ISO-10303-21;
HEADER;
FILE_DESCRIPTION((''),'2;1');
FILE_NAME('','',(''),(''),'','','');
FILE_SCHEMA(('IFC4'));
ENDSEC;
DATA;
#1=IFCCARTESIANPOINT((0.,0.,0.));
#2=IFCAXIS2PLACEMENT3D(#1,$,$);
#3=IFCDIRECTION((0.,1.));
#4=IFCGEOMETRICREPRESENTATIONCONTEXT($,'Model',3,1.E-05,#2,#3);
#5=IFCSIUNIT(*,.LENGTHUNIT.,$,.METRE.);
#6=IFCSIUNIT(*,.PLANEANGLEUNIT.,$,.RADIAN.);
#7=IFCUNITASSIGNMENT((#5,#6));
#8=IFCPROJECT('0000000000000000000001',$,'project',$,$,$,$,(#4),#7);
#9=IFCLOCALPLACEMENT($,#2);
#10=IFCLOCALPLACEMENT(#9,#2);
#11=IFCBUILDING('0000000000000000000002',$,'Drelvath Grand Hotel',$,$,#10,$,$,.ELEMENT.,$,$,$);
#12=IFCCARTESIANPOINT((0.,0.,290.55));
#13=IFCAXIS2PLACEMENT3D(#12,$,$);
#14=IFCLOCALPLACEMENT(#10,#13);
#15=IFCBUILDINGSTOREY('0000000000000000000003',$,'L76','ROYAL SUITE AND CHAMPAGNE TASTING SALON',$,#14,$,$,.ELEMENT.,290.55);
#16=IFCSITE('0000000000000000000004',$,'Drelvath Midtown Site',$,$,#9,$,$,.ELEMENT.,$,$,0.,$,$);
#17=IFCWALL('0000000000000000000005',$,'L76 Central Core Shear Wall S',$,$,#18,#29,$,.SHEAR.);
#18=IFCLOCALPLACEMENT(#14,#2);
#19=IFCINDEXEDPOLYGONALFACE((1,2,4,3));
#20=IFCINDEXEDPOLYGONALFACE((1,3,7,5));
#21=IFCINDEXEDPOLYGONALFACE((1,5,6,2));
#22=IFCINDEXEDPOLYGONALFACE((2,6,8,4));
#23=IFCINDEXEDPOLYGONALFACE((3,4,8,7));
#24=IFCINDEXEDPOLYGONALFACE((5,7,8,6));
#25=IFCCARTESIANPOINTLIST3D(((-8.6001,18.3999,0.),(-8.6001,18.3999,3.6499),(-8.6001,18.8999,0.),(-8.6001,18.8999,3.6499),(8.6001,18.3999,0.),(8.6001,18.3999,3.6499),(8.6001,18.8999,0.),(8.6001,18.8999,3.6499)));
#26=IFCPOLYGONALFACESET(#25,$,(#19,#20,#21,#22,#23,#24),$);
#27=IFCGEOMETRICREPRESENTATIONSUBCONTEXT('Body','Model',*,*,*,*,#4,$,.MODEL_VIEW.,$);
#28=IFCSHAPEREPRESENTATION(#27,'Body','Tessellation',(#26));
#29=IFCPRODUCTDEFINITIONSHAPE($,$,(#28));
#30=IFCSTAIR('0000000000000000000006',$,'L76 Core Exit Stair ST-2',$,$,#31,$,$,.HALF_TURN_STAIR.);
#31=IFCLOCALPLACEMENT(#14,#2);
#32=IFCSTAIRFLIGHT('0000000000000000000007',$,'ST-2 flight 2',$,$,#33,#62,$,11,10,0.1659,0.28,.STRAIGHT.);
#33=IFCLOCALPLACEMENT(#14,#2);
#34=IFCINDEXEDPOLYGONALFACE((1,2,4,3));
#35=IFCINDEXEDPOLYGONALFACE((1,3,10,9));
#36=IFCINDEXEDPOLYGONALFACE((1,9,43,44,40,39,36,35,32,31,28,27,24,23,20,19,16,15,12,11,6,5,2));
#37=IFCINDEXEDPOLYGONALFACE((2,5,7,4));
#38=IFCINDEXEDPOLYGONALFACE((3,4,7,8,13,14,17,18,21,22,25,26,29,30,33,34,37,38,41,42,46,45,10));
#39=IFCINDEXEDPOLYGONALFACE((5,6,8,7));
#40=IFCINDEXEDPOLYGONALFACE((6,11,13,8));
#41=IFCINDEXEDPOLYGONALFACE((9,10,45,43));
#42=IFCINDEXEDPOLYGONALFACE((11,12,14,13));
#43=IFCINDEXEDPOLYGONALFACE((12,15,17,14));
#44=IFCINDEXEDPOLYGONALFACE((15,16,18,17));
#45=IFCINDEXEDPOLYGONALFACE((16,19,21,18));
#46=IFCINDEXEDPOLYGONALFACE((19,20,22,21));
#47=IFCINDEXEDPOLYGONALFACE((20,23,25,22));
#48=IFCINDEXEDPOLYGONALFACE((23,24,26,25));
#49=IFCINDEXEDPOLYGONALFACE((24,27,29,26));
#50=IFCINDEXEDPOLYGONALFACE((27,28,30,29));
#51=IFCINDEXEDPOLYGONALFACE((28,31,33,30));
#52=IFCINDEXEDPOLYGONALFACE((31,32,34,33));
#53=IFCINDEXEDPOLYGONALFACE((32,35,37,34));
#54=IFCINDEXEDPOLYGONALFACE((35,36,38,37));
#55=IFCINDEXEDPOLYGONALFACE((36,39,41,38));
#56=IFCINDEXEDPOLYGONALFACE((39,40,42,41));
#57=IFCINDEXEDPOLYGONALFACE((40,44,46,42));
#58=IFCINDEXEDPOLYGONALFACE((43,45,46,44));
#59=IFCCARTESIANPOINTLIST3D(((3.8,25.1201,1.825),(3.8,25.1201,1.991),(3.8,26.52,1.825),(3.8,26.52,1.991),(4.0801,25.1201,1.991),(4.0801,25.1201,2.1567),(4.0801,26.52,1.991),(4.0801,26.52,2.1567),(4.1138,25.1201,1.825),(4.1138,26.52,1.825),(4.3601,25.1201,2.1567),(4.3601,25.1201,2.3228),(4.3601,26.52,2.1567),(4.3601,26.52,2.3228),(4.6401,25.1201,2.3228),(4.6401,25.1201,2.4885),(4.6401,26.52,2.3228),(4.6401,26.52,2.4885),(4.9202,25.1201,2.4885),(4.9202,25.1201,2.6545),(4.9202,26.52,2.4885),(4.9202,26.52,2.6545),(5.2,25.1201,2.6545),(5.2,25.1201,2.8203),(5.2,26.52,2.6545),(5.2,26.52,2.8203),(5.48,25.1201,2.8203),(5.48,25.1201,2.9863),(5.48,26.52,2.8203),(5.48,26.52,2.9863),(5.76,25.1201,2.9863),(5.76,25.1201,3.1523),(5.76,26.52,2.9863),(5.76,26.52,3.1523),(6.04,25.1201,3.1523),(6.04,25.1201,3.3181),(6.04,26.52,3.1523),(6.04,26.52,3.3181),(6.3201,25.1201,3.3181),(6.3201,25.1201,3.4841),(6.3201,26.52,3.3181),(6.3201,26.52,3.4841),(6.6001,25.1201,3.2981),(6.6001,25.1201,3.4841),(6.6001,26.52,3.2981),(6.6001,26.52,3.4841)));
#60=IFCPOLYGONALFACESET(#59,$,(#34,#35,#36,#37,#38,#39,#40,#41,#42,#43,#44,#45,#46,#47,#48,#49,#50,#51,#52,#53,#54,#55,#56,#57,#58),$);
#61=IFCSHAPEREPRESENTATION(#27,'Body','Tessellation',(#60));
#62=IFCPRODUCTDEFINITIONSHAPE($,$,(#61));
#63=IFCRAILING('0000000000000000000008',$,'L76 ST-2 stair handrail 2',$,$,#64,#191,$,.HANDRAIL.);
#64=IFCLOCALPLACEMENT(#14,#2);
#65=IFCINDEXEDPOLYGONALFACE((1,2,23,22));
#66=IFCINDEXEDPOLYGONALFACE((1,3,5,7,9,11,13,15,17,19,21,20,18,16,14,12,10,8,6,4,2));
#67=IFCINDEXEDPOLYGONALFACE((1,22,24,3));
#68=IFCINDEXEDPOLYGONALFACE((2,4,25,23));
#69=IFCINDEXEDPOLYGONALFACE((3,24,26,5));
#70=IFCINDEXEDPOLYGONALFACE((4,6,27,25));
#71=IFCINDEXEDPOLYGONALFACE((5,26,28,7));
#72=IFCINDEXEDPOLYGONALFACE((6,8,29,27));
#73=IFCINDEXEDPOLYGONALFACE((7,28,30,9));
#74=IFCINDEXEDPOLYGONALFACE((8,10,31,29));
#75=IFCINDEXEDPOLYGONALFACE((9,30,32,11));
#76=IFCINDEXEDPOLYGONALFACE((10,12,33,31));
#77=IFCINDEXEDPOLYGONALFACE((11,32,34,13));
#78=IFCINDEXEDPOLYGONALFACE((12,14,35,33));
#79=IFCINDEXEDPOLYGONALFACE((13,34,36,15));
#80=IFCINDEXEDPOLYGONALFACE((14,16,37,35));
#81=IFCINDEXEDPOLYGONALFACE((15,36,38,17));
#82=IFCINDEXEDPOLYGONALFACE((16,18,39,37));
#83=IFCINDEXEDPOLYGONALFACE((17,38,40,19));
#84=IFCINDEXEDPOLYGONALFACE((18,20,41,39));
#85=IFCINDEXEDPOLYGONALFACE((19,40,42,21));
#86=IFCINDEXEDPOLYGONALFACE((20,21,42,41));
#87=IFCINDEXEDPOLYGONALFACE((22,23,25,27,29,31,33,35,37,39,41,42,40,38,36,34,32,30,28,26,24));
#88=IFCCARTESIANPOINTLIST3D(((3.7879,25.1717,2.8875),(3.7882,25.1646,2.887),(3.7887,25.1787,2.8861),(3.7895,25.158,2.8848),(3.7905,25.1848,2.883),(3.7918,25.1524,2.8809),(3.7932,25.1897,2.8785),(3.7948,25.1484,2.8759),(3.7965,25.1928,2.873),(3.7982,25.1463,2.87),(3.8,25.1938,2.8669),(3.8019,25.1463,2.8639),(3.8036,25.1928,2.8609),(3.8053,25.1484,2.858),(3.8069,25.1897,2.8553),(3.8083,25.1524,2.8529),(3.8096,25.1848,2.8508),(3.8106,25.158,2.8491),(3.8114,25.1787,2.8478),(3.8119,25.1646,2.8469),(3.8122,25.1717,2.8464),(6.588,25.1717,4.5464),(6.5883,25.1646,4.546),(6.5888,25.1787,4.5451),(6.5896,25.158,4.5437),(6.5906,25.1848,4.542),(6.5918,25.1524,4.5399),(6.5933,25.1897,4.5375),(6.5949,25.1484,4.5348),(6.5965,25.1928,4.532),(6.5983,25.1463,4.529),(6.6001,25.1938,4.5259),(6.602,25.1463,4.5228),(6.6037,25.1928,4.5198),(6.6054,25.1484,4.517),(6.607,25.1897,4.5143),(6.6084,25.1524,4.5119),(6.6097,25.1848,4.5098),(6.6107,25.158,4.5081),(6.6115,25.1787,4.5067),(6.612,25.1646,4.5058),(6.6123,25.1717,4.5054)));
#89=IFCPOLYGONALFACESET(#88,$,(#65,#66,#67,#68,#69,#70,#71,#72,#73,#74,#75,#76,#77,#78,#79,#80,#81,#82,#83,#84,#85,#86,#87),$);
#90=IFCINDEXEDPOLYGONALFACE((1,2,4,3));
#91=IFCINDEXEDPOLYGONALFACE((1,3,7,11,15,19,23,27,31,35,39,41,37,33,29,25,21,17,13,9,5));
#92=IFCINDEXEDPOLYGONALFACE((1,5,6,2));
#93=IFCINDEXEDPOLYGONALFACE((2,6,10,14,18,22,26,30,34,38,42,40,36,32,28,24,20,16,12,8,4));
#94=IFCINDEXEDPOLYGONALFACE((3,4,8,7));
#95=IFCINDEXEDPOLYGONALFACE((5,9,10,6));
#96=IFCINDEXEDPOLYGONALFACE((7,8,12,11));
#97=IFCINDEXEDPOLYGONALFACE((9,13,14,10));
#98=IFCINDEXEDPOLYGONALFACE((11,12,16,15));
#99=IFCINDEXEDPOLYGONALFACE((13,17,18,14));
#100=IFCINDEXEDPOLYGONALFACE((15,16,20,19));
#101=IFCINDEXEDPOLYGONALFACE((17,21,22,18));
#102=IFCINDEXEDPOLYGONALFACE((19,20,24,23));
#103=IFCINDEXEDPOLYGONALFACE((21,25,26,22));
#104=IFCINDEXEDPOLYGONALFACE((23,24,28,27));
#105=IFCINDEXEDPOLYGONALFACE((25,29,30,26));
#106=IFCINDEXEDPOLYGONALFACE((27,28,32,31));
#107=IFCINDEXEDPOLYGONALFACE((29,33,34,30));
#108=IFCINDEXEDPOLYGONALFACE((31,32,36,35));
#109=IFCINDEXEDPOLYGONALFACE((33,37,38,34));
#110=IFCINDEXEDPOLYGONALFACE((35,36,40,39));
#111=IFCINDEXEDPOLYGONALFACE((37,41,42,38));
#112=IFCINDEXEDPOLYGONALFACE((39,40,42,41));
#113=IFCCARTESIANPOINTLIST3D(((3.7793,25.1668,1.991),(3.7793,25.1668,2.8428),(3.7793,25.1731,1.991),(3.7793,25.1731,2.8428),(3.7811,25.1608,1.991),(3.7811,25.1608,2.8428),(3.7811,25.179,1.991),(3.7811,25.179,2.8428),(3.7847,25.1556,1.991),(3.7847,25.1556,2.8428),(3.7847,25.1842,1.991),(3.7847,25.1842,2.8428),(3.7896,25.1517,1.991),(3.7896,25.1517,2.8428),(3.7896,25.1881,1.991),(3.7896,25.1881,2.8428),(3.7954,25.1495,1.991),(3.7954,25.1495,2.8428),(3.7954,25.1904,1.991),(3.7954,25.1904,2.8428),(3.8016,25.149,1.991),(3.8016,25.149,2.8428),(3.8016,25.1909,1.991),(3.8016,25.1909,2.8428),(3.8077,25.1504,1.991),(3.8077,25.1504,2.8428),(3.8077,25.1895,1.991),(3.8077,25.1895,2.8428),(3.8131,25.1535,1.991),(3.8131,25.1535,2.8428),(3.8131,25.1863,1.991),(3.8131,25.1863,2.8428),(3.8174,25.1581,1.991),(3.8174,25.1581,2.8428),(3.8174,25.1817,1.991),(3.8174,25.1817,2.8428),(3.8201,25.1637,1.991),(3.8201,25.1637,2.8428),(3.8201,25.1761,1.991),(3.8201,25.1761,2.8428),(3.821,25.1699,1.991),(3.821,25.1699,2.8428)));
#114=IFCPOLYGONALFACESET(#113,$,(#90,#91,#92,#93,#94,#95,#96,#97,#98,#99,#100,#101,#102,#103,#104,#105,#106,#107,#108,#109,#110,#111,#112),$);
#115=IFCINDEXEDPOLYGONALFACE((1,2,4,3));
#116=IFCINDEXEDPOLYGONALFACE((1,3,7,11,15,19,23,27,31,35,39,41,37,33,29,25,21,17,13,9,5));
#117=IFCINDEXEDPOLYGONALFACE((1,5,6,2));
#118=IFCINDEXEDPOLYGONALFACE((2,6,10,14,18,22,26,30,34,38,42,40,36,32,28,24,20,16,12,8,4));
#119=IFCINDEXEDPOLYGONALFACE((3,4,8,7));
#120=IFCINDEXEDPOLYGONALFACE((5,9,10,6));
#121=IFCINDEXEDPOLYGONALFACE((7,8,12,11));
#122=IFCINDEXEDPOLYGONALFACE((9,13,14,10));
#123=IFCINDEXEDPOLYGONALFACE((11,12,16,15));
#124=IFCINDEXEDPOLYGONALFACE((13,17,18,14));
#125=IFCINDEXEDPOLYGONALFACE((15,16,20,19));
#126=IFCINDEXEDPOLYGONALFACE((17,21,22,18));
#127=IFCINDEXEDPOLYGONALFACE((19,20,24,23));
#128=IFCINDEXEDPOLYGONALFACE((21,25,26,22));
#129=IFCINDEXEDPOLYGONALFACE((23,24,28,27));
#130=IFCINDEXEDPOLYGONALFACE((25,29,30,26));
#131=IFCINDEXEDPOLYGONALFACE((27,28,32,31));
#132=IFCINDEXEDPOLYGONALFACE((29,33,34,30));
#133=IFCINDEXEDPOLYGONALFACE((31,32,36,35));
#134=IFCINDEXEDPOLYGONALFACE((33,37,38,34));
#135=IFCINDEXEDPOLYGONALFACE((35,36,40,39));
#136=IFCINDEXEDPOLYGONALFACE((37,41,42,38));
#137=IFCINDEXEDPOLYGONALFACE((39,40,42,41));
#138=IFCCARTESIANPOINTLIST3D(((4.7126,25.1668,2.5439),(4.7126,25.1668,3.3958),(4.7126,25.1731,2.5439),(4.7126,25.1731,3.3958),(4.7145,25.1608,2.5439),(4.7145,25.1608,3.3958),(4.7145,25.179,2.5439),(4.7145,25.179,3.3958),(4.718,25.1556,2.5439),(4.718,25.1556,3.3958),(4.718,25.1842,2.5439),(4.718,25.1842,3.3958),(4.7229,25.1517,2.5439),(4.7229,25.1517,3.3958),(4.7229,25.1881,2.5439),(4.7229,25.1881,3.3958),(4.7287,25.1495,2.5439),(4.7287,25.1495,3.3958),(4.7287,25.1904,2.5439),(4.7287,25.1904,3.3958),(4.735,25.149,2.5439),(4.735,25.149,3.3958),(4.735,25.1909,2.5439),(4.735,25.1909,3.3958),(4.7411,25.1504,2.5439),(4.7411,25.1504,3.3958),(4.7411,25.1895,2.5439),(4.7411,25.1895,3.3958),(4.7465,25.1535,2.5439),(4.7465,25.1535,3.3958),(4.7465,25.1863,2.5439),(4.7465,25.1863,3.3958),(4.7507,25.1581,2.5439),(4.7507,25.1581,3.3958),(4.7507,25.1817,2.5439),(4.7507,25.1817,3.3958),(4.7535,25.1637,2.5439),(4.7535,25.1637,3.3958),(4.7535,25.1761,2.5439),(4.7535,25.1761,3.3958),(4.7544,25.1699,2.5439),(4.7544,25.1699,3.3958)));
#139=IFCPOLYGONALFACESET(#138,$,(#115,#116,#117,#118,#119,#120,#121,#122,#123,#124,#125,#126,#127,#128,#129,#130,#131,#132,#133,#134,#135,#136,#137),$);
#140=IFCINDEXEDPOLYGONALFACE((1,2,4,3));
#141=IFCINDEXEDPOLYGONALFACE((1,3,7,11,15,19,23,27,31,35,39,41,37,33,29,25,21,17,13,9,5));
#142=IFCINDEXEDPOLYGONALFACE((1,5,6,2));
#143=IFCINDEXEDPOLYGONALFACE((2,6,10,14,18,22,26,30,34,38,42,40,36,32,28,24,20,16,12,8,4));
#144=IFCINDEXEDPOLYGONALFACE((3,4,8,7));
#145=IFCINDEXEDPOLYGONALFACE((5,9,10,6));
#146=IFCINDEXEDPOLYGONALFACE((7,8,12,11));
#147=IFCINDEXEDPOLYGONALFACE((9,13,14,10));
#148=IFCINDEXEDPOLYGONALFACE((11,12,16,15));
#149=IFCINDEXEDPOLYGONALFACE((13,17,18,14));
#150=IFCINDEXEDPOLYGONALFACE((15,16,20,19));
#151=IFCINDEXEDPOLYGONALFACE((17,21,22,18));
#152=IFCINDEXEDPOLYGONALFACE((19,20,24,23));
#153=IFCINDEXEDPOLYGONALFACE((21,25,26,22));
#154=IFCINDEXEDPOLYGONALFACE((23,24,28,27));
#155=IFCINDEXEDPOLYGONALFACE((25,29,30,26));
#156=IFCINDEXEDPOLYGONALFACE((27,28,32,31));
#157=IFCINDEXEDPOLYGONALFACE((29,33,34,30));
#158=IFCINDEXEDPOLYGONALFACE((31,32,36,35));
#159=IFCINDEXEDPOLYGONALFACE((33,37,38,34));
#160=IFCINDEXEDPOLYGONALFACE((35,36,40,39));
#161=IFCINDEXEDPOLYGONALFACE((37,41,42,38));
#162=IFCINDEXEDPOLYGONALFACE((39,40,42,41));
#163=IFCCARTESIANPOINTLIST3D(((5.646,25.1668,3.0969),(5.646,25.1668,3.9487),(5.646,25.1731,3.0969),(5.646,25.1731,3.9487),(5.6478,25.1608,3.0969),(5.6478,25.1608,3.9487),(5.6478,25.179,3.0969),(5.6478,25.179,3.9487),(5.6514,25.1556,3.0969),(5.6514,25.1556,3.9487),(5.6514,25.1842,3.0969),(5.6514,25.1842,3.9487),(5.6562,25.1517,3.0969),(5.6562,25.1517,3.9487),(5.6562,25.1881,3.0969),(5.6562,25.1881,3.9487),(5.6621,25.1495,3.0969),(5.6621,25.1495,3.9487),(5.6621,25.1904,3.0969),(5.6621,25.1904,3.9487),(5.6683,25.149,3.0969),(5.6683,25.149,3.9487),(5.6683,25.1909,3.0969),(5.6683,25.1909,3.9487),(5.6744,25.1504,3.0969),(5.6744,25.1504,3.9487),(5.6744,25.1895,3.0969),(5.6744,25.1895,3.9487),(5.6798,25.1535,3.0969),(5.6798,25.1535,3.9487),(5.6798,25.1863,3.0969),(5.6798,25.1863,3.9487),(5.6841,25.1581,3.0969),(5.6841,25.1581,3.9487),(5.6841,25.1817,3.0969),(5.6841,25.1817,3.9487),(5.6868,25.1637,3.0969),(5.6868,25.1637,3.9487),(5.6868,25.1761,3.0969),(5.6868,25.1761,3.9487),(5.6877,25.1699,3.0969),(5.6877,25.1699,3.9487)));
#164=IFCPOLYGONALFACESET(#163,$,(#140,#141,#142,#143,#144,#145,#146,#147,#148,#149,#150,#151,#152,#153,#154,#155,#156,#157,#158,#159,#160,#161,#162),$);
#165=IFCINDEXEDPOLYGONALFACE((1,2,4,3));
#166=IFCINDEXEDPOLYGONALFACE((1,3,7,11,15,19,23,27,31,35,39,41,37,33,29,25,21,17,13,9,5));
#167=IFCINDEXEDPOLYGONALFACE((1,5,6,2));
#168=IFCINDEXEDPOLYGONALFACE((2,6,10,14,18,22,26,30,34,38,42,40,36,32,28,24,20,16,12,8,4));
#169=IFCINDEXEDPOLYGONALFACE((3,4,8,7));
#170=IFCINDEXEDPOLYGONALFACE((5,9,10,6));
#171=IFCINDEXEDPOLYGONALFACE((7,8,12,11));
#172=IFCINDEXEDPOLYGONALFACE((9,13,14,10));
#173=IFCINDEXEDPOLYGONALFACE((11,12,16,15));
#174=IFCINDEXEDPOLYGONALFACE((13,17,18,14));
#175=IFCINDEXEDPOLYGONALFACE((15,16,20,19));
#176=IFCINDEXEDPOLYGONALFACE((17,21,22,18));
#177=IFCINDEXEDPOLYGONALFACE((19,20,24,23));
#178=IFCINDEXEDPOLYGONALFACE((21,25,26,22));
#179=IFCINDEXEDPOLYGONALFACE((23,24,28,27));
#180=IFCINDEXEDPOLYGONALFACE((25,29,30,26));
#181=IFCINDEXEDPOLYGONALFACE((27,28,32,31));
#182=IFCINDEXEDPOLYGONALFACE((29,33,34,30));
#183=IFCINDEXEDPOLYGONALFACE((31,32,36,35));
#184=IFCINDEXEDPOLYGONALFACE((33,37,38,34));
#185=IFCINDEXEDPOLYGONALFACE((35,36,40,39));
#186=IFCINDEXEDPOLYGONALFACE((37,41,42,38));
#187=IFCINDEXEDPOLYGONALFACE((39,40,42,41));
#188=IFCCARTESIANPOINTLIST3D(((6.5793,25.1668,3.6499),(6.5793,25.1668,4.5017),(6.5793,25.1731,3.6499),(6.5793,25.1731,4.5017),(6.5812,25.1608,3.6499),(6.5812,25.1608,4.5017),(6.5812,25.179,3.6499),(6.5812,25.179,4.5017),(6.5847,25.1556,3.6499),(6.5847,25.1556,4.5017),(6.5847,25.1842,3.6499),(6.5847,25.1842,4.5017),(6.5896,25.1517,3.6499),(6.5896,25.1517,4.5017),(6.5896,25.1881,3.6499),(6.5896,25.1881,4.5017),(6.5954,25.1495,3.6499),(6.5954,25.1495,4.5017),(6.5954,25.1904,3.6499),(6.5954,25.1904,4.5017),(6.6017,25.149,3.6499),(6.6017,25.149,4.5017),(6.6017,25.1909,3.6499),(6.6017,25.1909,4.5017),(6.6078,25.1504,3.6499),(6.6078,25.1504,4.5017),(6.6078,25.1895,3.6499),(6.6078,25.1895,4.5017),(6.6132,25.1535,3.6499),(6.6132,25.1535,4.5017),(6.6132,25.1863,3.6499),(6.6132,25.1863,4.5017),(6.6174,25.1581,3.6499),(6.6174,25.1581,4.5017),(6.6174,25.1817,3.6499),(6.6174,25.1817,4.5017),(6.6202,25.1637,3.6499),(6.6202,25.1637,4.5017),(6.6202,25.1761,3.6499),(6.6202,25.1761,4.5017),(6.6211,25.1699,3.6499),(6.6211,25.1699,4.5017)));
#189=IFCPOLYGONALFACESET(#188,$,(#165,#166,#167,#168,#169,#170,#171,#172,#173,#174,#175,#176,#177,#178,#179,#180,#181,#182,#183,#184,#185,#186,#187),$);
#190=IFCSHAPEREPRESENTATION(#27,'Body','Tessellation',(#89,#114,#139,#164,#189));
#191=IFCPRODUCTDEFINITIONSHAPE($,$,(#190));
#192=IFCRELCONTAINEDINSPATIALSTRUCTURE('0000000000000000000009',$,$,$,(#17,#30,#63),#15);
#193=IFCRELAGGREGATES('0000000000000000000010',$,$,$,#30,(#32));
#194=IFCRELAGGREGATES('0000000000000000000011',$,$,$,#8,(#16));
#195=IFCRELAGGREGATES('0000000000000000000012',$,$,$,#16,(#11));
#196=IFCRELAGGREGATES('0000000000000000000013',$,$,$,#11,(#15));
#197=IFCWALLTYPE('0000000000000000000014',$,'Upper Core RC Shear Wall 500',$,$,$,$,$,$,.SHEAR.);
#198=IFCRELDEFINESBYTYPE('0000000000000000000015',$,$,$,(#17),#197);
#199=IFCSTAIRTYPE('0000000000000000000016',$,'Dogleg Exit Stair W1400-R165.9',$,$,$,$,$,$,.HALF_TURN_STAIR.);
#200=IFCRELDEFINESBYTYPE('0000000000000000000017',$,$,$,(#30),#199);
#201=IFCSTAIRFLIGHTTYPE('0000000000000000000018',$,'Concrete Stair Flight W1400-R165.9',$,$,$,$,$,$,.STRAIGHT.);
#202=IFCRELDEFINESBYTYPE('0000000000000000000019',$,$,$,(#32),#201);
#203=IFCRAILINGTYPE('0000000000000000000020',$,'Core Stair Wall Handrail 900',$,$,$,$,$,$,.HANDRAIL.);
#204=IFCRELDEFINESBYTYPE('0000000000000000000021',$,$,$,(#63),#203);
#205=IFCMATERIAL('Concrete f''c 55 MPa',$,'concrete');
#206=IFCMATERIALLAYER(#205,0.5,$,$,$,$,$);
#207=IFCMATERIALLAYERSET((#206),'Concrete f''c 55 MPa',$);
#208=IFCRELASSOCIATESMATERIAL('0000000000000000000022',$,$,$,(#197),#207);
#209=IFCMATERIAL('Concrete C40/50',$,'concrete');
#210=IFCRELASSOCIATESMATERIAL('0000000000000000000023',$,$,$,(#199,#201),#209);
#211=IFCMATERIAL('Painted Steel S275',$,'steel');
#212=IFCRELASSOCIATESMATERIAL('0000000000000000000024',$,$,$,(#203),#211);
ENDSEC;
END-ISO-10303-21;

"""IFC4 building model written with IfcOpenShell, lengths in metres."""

from ifc_helpers import new_model, si_unit, direction, frame, frame_2d, origin, origin_2d, place, context, subcontext, project, spatial, polyline, rectangle, circle, outline, extrude, material, layer, layer_set, type_object, element, aggregate, save


model = new_model("IFC4")

# Units and contexts
model_context = context("Model", 3, precision=1e-05, world=origin(), true_north=direction((0.0, 1.0)))
body_context = subcontext(model_context, "Body", "Model", "MODEL_VIEW")
ifc_project = project(units=[si_unit("LENGTHUNIT", "METRE"), si_unit("PLANEANGLEUNIT", "RADIAN")], contexts=[model_context])

# Site, building, storey
site_placement = place(None, origin())
site = spatial("IfcSite", under=ifc_project, at=site_placement, Name="Drelvath Midtown Site", CompositionType="ELEMENT", RefElevation=0.0)
building_placement = place(site_placement, origin())
building = spatial("IfcBuilding", under=site, at=building_placement, Name="Drelvath Grand Hotel", CompositionType="ELEMENT")
storey_placement = place(building_placement, frame((0.0, 0.0, 290.55)))
storey = spatial("IfcBuildingStorey", under=building, at=storey_placement, Name="L76", Description="ROYAL SUITE AND CHAMPAGNE TASTING SALON", CompositionType="ELEMENT", Elevation=290.55)

# Shared definitions
ifc_material_1 = material(Name="Concrete f'c 55 MPa", Category="concrete")

# Shared definitions
ifc_material_2 = material(Name="Concrete C40/50", Category="concrete")

# Wall
ifc_layer_1 = layer(ifc_material_1, 0.5)
ifc_layer_set_1 = layer_set([ifc_layer_1], Name="Concrete f'c 55 MPa")
wall_type_1 = type_object("IfcWallType", Name="Upper Core RC Shear Wall 500", PredefinedType="SHEAR", material=ifc_layer_set_1)
wall_1_placement = place(storey_placement, frame((8.6001, 18.6499, 0.0), z_axis=(0.0, 0.0, 1.0), x_axis=(-1.0, 0.0, 0.0)))
element("IfcWall", 1, at=wall_1_placement, inside=storey, type_object=wall_type_1, Name="L76 Central Core Shear Wall S", PredefinedType="SHEAR", context=body_context, shape_type="SweptSolid", body=[
    extrude(rectangle(XDim=17.2002, YDim=0.5, at=frame_2d((8.6001, 0.0))), origin(), (0.0, 0.0, 1.0), 3.6499),
])

# Stair, stair flight
stair_type = type_object("IfcStairType", Name="Dogleg Exit Stair W1400-R165.9", PredefinedType="HALF_TURN_STAIR", material=ifc_material_2)
stair_placement = place(storey_placement, origin())
stair = element("IfcStair", 2, at=stair_placement, inside=storey, type_object=stair_type, Name="L76 Core Exit Stair ST-2", PredefinedType="HALF_TURN_STAIR")
stair_flight_type = type_object("IfcStairFlightType", Name="Concrete Stair Flight W1400-R165.9", PredefinedType="STRAIGHT", material=ifc_material_2)
stair_flight_placement = place(storey_placement, frame((3.8, 25.8201, 1.825), z_axis=(0.0, 0.0, 1.0), x_axis=(1.0, 0.0, 0.0)))
stair_flight = element("IfcStairFlight", 3, at=stair_flight_placement, type_object=stair_flight_type, Name="ST-2 flight 2", NumberOfRisers=11, NumberOfTreads=10, PredefinedType="STRAIGHT", RiserHeight=0.1659, TreadLength=0.28, context=body_context, shape_type="SweptSolid", body=[
    extrude(outline(polyline([(0.0, 0.0), (0.0, 0.166), (0.28, 0.166), (0.28, 0.3318), (0.5601, 0.3318), (0.5601, 0.4978), (0.8401, 0.4978), (0.8401, 0.6636), (1.1201, 0.6636), (1.1201, 0.8296), (1.3999, 0.8296), (1.3999, 0.9954), (1.6799, 0.9954), (1.6799, 1.1614), (1.96, 1.1614), (1.96, 1.3274), (2.24, 1.3274), (2.24, 1.4932), (2.52, 1.4932), (2.52, 1.6592), (2.8, 1.6592), (2.8, 1.825), (2.8, 1.4731), (0.3137, 0.0), (0.0, 0.0)])), frame((0.0, 0.7, 0.0), z_axis=(0.0, -1.0, 0.0), x_axis=(1.0, 0.0, 0.0)), (0.0, 0.0, 1.0), 1.3999),
])
aggregate(stair, [stair_flight])

# Railing
ifc_material_3 = material(Name="Painted Steel S275", Category="steel")
railing_type_1 = type_object("IfcRailingType", Name="Core Stair Wall Handrail 900", PredefinedType="HANDRAIL", material=ifc_material_3)
railing_1_placement = place(storey_placement, frame((3.8, 25.1699, 1.991)))
element("IfcRailing", 4, at=railing_1_placement, inside=storey, type_object=railing_type_1, Name="L76 ST-2 stair handrail 2", PredefinedType="HANDRAIL", context=body_context, shape_type="SweptSolid", body=[
    extrude(circle(Radius=0.0239, at=origin_2d()), frame((0.0, 0.0, 0.876), z_axis=(0.860339, 0.0, 0.509722), x_axis=(0.0, 1.0, 0.0)), (0.0, 0.0, 1.0), 3.2546),
    extrude(circle(Radius=0.021, at=origin_2d()), origin(), (0.0, 0.0, 1.0), 0.8518),
    extrude(circle(Radius=0.021, at=origin_2d()), frame((0.9333, 0.0, 0.553)), (0.0, 0.0, 1.0), 0.8518),
    extrude(circle(Radius=0.021, at=origin_2d()), frame((1.8667, 0.0, 1.106)), (0.0, 0.0, 1.0), 0.8518),
    extrude(circle(Radius=0.021, at=origin_2d()), frame((2.8, 0.0, 1.6589)), (0.0, 0.0, 1.0), 0.8518),
])

save(model, "model.ifc")
